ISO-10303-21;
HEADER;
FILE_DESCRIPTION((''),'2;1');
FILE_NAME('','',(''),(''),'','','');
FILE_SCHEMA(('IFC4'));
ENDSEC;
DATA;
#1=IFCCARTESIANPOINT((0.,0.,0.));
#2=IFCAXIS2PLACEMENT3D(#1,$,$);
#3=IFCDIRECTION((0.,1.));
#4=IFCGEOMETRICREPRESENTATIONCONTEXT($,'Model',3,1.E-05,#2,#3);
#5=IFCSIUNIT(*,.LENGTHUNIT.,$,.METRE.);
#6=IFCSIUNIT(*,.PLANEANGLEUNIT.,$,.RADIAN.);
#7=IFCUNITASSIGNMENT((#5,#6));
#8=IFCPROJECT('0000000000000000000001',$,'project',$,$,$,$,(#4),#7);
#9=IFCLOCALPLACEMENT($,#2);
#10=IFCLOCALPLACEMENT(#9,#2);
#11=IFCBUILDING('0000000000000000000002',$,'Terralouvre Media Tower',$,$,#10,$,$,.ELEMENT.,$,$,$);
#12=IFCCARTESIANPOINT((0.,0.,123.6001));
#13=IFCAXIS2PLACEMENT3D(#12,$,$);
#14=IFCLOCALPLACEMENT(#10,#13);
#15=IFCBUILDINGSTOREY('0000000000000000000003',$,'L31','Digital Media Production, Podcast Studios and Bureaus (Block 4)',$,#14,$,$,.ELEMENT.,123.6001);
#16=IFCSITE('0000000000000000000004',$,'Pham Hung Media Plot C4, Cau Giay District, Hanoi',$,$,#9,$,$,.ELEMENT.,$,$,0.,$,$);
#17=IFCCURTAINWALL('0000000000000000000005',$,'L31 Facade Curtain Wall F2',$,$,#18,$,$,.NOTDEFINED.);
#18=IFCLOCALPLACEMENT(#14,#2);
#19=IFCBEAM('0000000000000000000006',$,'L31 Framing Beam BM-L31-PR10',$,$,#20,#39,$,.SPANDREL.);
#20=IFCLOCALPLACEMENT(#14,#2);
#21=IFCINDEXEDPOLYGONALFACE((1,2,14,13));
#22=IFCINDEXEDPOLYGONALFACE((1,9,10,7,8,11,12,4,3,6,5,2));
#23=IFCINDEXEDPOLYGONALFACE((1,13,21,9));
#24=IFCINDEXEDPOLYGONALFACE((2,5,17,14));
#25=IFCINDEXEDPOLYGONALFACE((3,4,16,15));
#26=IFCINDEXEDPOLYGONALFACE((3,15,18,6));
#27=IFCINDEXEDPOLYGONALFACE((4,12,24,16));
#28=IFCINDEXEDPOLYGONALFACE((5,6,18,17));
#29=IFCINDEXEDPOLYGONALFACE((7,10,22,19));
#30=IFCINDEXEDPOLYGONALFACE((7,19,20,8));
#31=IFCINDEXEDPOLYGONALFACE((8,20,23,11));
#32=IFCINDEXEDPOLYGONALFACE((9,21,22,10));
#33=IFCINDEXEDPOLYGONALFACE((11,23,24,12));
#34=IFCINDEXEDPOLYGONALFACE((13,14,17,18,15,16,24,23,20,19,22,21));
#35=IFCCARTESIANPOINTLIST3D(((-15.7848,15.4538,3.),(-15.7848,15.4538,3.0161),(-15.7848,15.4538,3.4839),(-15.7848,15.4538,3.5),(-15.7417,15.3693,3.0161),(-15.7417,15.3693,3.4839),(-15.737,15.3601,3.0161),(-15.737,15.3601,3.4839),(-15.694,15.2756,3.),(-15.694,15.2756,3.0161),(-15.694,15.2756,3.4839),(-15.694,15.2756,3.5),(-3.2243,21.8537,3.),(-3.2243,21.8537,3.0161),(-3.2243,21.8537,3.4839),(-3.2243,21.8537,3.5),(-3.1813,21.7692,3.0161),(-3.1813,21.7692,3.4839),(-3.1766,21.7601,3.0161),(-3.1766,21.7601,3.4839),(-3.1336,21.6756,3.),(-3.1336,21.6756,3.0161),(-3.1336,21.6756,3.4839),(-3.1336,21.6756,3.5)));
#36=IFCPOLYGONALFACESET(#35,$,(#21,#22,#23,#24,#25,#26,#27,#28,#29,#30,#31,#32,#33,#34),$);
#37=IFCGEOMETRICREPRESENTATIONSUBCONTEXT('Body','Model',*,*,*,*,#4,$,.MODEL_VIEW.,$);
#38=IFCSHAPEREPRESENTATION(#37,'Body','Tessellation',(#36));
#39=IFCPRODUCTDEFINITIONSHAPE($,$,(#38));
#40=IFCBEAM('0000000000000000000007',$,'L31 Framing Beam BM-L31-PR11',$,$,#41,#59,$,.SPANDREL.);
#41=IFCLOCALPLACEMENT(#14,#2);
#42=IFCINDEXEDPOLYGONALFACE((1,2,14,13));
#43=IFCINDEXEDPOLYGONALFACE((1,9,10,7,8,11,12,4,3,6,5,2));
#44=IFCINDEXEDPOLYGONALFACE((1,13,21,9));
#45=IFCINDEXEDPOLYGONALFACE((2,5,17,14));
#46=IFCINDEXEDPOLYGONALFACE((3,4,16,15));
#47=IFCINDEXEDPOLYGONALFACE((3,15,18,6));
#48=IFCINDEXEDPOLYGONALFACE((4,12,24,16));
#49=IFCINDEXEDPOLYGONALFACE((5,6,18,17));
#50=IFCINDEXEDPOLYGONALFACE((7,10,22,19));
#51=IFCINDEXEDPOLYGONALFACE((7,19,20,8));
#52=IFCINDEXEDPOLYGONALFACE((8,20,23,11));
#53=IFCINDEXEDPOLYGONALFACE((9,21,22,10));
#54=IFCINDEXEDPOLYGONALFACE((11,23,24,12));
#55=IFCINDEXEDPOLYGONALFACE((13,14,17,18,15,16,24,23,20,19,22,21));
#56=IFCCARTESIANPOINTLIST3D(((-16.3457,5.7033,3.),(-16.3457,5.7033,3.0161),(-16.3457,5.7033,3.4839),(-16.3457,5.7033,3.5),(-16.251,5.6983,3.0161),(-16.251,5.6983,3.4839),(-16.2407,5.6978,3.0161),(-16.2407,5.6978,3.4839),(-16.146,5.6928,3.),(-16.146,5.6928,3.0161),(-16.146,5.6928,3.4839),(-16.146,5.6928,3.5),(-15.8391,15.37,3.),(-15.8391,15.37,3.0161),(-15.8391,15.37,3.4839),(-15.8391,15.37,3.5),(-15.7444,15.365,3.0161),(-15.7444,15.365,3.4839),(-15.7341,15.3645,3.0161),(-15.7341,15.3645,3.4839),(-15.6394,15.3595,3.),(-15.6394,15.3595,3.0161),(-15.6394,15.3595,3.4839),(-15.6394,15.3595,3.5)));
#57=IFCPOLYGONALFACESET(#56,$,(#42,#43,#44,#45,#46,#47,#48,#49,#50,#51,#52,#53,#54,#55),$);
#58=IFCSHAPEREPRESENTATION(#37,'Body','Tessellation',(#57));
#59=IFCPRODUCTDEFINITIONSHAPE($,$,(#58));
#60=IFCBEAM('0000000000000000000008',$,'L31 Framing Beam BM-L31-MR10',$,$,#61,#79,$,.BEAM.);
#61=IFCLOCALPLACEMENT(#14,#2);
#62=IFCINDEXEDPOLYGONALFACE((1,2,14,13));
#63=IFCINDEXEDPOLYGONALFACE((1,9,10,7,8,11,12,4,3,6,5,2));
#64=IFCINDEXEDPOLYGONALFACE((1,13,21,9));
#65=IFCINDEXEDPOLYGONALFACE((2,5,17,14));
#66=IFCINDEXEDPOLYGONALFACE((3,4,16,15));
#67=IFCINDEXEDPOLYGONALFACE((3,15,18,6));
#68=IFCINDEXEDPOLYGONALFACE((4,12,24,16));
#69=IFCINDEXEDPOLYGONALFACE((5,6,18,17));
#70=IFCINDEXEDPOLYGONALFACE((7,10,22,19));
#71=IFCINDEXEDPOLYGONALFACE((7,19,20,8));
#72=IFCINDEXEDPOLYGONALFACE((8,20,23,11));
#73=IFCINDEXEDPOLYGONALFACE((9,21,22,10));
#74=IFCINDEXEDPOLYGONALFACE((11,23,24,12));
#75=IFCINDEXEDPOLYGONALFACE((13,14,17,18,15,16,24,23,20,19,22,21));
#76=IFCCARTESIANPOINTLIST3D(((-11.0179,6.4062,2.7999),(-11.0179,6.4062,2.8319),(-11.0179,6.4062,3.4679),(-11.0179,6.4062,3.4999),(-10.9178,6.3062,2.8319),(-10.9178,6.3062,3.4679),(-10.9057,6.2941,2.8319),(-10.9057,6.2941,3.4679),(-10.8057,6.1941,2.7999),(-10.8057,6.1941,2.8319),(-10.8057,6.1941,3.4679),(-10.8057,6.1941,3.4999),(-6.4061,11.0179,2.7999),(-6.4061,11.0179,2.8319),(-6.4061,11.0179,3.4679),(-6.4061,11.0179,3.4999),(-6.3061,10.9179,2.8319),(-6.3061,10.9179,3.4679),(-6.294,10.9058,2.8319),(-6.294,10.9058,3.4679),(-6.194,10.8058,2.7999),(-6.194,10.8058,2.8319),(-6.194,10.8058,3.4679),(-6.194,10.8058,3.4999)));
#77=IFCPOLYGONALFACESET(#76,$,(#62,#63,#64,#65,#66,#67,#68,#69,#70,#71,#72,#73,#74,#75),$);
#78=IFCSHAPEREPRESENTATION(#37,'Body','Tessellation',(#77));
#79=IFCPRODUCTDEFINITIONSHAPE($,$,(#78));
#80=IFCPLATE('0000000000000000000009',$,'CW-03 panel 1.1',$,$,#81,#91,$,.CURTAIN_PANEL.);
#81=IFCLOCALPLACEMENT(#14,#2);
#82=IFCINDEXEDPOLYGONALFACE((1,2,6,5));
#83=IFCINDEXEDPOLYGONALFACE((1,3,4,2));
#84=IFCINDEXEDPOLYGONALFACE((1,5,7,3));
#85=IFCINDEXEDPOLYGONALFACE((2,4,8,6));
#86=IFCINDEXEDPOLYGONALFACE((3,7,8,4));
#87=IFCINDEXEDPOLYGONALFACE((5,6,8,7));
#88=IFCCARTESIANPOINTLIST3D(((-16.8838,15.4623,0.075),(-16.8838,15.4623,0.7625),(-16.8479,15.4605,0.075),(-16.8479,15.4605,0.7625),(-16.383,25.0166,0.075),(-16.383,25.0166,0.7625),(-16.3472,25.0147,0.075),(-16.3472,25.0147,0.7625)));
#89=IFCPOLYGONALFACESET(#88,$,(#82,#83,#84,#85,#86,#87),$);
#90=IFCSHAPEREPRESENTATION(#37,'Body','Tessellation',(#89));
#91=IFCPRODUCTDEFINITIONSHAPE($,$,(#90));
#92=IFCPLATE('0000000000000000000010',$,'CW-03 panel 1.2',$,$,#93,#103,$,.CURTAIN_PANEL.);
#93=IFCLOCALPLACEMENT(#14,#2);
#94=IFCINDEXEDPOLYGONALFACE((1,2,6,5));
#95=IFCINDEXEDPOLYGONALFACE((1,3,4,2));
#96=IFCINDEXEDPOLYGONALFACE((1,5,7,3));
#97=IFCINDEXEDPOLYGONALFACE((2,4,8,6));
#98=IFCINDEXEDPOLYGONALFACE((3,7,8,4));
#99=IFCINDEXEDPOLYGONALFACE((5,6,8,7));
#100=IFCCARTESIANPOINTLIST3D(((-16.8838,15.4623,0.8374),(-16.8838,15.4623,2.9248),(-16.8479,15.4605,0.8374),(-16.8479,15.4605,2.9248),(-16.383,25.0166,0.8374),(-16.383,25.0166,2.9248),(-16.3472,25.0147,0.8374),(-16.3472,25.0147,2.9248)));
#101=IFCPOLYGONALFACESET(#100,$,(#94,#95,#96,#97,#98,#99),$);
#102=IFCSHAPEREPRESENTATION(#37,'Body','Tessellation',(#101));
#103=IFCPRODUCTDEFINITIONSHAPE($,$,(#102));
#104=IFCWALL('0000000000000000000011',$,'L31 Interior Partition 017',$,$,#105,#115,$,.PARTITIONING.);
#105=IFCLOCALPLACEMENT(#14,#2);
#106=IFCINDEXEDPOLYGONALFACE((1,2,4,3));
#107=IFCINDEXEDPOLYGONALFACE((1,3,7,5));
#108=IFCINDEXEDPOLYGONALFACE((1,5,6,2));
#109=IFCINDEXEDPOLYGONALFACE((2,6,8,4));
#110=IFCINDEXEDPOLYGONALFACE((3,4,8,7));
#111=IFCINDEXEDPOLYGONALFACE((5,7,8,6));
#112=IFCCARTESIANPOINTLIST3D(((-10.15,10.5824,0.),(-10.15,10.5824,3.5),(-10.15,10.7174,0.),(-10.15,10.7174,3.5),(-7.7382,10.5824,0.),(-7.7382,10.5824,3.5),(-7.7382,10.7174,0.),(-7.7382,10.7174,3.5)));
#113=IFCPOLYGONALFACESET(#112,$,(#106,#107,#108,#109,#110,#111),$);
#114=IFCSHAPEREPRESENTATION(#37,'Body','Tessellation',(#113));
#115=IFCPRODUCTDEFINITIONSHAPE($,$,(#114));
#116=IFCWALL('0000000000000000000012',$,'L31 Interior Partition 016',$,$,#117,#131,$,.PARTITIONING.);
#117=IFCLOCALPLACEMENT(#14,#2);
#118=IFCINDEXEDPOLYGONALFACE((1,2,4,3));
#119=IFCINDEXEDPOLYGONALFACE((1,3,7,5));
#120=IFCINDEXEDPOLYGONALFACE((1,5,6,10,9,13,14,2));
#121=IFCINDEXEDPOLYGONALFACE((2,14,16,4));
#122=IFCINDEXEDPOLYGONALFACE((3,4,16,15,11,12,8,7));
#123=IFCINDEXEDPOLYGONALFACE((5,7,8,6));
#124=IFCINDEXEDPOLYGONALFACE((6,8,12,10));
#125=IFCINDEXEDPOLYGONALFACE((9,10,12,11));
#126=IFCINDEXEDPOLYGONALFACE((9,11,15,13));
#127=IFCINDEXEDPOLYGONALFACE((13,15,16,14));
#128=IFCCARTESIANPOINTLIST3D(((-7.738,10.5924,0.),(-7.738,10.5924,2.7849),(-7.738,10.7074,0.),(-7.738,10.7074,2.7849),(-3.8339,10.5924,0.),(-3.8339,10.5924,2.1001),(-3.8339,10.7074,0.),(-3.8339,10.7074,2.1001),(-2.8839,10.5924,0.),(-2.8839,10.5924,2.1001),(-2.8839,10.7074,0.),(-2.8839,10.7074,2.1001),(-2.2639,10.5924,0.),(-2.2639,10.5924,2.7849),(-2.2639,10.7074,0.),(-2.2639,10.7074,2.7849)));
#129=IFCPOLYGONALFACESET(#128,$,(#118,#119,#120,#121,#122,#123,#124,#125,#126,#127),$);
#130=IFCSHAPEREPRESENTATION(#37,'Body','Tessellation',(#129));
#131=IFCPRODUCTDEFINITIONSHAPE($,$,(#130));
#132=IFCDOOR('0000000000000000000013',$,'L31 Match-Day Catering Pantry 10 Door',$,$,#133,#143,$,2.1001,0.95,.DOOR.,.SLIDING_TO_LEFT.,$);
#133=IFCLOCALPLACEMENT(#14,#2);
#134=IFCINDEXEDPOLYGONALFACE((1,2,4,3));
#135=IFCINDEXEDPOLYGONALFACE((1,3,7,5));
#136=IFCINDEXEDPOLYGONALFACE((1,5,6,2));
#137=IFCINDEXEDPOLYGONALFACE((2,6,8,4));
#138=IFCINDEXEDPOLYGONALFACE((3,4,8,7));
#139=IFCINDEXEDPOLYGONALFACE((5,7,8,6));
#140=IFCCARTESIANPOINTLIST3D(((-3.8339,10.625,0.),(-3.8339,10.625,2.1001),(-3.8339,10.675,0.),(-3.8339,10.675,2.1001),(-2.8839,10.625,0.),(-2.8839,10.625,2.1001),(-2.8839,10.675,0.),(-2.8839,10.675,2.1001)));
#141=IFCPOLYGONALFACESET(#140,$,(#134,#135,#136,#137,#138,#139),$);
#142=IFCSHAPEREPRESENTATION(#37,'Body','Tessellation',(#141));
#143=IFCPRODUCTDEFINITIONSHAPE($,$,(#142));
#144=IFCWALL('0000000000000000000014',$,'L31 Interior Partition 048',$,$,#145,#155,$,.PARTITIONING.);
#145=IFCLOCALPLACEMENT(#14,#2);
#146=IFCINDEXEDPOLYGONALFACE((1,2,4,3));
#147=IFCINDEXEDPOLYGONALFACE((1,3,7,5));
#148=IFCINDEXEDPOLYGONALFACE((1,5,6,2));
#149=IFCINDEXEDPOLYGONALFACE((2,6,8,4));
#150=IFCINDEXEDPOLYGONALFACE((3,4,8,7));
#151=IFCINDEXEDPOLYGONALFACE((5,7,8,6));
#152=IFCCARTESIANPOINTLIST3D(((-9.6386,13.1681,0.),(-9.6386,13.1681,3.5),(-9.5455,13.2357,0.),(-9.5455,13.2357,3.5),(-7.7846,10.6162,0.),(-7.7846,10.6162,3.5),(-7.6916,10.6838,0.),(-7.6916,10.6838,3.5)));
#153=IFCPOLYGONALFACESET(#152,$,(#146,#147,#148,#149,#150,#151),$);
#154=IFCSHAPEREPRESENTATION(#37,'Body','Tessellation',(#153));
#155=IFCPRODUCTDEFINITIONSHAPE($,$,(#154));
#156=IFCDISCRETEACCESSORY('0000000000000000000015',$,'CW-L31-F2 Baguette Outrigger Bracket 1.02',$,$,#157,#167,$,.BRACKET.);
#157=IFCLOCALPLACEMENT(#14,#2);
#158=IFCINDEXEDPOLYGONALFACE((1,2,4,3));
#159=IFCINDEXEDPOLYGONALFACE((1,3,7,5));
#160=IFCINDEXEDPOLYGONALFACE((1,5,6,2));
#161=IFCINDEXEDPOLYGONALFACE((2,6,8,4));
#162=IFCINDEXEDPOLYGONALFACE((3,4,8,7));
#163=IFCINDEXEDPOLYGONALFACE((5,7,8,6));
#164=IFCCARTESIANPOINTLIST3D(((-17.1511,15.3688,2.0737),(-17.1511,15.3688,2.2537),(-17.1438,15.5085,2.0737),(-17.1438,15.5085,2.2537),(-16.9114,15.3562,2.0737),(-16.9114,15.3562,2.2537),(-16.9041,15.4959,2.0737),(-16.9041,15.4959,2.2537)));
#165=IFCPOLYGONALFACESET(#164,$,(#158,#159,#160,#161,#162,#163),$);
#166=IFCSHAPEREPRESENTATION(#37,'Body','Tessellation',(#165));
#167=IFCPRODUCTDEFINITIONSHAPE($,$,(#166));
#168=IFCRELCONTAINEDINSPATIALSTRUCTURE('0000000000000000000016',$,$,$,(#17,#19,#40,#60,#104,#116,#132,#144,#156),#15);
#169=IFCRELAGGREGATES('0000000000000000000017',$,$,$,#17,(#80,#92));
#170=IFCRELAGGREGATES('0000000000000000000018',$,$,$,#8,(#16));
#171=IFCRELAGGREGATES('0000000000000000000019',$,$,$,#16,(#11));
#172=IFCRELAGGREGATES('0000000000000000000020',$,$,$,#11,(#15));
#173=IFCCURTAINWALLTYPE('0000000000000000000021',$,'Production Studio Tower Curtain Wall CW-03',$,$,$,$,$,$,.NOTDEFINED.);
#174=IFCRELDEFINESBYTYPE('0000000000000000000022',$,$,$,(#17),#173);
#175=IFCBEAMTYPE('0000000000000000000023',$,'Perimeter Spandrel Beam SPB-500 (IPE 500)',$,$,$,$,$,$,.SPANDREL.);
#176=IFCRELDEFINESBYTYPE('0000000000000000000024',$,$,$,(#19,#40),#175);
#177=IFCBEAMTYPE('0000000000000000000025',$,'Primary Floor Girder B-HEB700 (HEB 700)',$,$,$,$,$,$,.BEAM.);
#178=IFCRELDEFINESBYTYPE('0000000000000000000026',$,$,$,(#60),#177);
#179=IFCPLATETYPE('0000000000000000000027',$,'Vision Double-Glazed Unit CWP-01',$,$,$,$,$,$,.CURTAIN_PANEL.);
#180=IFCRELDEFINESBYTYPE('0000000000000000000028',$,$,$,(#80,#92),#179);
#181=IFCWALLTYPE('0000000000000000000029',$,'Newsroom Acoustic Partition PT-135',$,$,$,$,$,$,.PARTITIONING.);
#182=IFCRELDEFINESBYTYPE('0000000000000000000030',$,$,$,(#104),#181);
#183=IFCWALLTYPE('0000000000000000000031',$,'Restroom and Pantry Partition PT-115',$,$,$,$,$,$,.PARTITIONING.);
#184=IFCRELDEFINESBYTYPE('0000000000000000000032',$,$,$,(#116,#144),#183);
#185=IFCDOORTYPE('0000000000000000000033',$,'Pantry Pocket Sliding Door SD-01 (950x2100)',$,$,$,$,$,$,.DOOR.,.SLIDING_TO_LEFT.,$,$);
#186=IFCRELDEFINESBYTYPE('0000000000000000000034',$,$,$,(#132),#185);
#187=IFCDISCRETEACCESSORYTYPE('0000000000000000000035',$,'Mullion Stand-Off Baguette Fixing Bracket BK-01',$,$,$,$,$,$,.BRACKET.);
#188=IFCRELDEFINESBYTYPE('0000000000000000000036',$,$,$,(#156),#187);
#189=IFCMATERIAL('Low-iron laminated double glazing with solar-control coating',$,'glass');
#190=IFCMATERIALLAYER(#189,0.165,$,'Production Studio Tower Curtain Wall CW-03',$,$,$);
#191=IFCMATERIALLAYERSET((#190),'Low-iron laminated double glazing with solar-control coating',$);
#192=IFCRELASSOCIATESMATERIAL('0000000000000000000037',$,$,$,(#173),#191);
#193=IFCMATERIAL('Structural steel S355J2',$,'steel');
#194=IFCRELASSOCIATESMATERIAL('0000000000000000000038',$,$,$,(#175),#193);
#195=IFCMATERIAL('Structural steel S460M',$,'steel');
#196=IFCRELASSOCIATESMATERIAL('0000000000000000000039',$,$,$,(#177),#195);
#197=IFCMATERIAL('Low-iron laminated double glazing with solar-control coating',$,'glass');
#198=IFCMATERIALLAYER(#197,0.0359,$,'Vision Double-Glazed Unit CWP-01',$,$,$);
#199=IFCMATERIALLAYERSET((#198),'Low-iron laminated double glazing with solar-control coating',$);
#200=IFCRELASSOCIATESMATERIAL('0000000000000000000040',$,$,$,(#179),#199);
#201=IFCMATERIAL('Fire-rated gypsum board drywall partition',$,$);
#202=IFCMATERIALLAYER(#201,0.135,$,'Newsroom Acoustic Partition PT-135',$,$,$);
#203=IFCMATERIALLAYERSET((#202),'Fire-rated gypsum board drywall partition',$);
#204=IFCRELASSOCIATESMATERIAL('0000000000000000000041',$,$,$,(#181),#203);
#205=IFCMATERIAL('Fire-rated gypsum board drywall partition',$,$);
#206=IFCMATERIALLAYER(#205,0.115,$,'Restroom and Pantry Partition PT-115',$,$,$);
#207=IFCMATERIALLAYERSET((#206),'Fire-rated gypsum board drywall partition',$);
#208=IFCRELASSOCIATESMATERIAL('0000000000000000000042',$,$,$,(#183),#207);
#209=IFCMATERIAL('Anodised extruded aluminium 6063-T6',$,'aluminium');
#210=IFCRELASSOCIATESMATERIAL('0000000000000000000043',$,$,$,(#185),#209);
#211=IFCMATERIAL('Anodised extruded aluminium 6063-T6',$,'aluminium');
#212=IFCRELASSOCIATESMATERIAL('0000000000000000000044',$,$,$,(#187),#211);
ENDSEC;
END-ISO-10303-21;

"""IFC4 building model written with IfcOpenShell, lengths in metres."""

from ifc_helpers import new_model, si_unit, direction, frame, frame_2d, origin, origin_2d, place, context, subcontext, project, spatial, rectangle, i_section, extrude, material, layer, layer_set, material_profile, profile_set, type_object, element, fill, aggregate, save


model = new_model("IFC4")

# Units and contexts
model_context = context("Model", 3, precision=1e-05, world=origin(), true_north=direction((0.0, 1.0)))
body_context = subcontext(model_context, "Body", "Model", "MODEL_VIEW")
ifc_project = project(units=[si_unit("LENGTHUNIT", "METRE"), si_unit("PLANEANGLEUNIT", "RADIAN")], contexts=[model_context])

# Site, building, storey
site_placement = place(None, origin())
site = spatial("IfcSite", under=ifc_project, at=site_placement, Name="Pham Hung Media Plot C4, Cau Giay District, Hanoi", CompositionType="ELEMENT", RefElevation=0.0)
building_placement = place(site_placement, origin())
building = spatial("IfcBuilding", under=site, at=building_placement, Name="Terralouvre Media Tower", CompositionType="ELEMENT")
storey_placement = place(building_placement, frame((0.0, 0.0, 123.6001)))
storey = spatial("IfcBuildingStorey", under=building, at=storey_placement, Name="L31", Description="Digital Media Production, Podcast Studios and Bureaus (Block 4)", CompositionType="ELEMENT", Elevation=123.6001)

# Curtain wall
ifc_material_1 = material(Name="Low-iron laminated double glazing with solar-control coating", Category="glass")
ifc_layer_1 = layer(ifc_material_1, 0.165, Name="Production Studio Tower Curtain Wall CW-03")
ifc_layer_set_1 = layer_set([ifc_layer_1], Name="Low-iron laminated double glazing with solar-control coating")
curtain_wall_type = type_object("IfcCurtainWallType", Name="Production Studio Tower Curtain Wall CW-03", PredefinedType="NOTDEFINED", material=ifc_layer_set_1)
curtain_wall_1_placement = place(storey_placement, origin())
curtain_wall_1 = element("IfcCurtainWall", 1, at=curtain_wall_1_placement, inside=storey, type_object=curtain_wall_type, Name="L31 Facade Curtain Wall F2", PredefinedType="NOTDEFINED")

# Beams
ifc_material_2 = material(Name="Structural steel S355J2", Category="steel")
ifc_material_profile_1 = material_profile(ifc_material_2, i_section(OverallWidth=0.2, OverallDepth=0.5, WebThickness=0.0103, FlangeThickness=0.0161, at=origin_2d()), Name="IPE 500")
ifc_profile_set_1 = profile_set([ifc_material_profile_1], Name="Structural steel S355J2")
beam_type_1 = type_object("IfcBeamType", Name="Perimeter Spandrel Beam SPB-500 (IPE 500)", PredefinedType="SPANDREL", material=ifc_profile_set_1)
beam_1_placement = place(storey_placement, frame((-3.179, 21.7646, 3.25), z_axis=(-0.891003, -0.453997, 0.0), x_axis=(0.453997, -0.891003, 0.0)))
element("IfcBeam", 2, at=beam_1_placement, inside=storey, type_object=beam_type_1, Name="L31 Framing Beam BM-L31-PR10", PredefinedType="SPANDREL", context=body_context, shape_type="SweptSolid", body=[
    extrude(i_section(OverallWidth=0.2, OverallDepth=0.5, WebThickness=0.0103, FlangeThickness=0.0161, at=origin_2d()), origin(), (0.0, 0.0, 1.0), 14.0969),
])
beam_2_placement = place(storey_placement, frame((-15.7393, 15.3647, 3.25), z_axis=(-0.052334, -0.99863, 0.0), x_axis=(0.99863, -0.052334, 0.0)))
element("IfcBeam", 3, at=beam_2_placement, inside=storey, type_object=beam_type_1, Name="L31 Framing Beam BM-L31-PR11", PredefinedType="SPANDREL", context=body_context, shape_type="SweptSolid", body=[
    extrude(i_section(OverallWidth=0.2, OverallDepth=0.5, WebThickness=0.0103, FlangeThickness=0.0161, at=origin_2d()), origin(), (0.0, 0.0, 1.0), 9.6799),
])
ifc_material_3 = material(Name="Structural steel S460M", Category="steel")
ifc_material_profile_2 = material_profile(ifc_material_3, i_section(OverallWidth=0.3, OverallDepth=0.7, WebThickness=0.0171, FlangeThickness=0.032, at=origin_2d()), Name="HEB 700")
ifc_profile_set_2 = profile_set([ifc_material_profile_2], Name="Structural steel S460M")
beam_type_2 = type_object("IfcBeamType", Name="Primary Floor Girder B-HEB700 (HEB 700)", PredefinedType="BEAM", material=ifc_profile_set_2)
beam_3_placement = place(storey_placement, frame((-6.3, 10.9119, 3.1499), z_axis=(-0.707107, -0.707107, 0.0), x_axis=(0.707107, -0.707107, 0.0)))
element("IfcBeam", 4, at=beam_3_placement, inside=storey, type_object=beam_type_2, Name="L31 Framing Beam BM-L31-MR10", PredefinedType="BEAM", context=body_context, shape_type="SweptSolid", body=[
    extrude(i_section(OverallWidth=0.3, OverallDepth=0.7, WebThickness=0.0171, FlangeThickness=0.032, at=origin_2d()), origin(), (0.0, 0.0, 1.0), 6.522),
])

# Plates
ifc_material_4 = material(Name="Low-iron laminated double glazing with solar-control coating", Category="glass")
ifc_layer_2 = layer(ifc_material_4, 0.0359, Name="Vision Double-Glazed Unit CWP-01")
ifc_layer_set_2 = layer_set([ifc_layer_2], Name="Low-iron laminated double glazing with solar-control coating")
plate_type = type_object("IfcPlateType", Name="Vision Double-Glazed Unit CWP-01", PredefinedType="CURTAIN_PANEL", material=ifc_layer_set_2)
plate_1_placement = place(storey_placement, frame((-16.6155, 20.2385, 0.075), z_axis=(0.0, 0.0, 1.0), x_axis=(-0.052336, -0.99863, 0.0)))
plate_1 = element("IfcPlate", 5, at=plate_1_placement, type_object=plate_type, Name="CW-03 panel 1.1", PredefinedType="CURTAIN_PANEL", context=body_context, shape_type="SweptSolid", body=[
    extrude(rectangle(XDim=9.5674, YDim=0.0359, at=origin_2d()), origin(), (0.0, 0.0, 1.0), 0.6875),
])
plate_2_placement = place(storey_placement, frame((-16.6155, 20.2385, 0.8374), z_axis=(0.0, 0.0, 1.0), x_axis=(-0.052336, -0.99863, 0.0)))
plate_2 = element("IfcPlate", 6, at=plate_2_placement, type_object=plate_type, Name="CW-03 panel 1.2", PredefinedType="CURTAIN_PANEL", context=body_context, shape_type="SweptSolid", body=[
    extrude(rectangle(XDim=9.5674, YDim=0.0359, at=origin_2d()), origin(), (0.0, 0.0, 1.0), 2.0874),
])
aggregate(curtain_wall_1, [plate_1, plate_2])

# Wall
ifc_material_5 = material(Name="Fire-rated gypsum board drywall partition")
ifc_layer_3 = layer(ifc_material_5, 0.135, Name="Newsroom Acoustic Partition PT-135")
ifc_layer_set_3 = layer_set([ifc_layer_3], Name="Fire-rated gypsum board drywall partition")
wall_type_1 = type_object("IfcWallType", Name="Newsroom Acoustic Partition PT-135", PredefinedType="PARTITIONING", material=ifc_layer_set_3)
wall_1_placement = place(storey_placement, frame((-7.738, 10.6499, 0.0), z_axis=(0.0, 0.0, 1.0), x_axis=(-1.0, 0.0, 0.0)))
element("IfcWall", 7, at=wall_1_placement, inside=storey, type_object=wall_type_1, Name="L31 Interior Partition 017", PredefinedType="PARTITIONING", context=body_context, shape_type="SweptSolid", body=[
    extrude(rectangle(XDim=2.4119, YDim=0.135, at=frame_2d((1.2061, 0.0))), origin(), (0.0, 0.0, 1.0), 3.5),
])

# Wall, opening, door
ifc_material_6 = material(Name="Fire-rated gypsum board drywall partition")
ifc_layer_4 = layer(ifc_material_6, 0.115, Name="Restroom and Pantry Partition PT-115")
ifc_layer_set_4 = layer_set([ifc_layer_4], Name="Fire-rated gypsum board drywall partition")
wall_type_2 = type_object("IfcWallType", Name="Restroom and Pantry Partition PT-115", PredefinedType="PARTITIONING", material=ifc_layer_set_4)
wall_2_placement = place(storey_placement, frame((-2.2639, 10.6499, 0.0), z_axis=(0.0, 0.0, 1.0), x_axis=(-1.0, 0.0, 0.0)))
wall_2 = element("IfcWall", 8, at=wall_2_placement, inside=storey, type_object=wall_type_2, Name="L31 Interior Partition 016", PredefinedType="PARTITIONING", context=body_context, shape_type="SweptSolid", body=[
    extrude(rectangle(XDim=5.4741, YDim=0.115, at=frame_2d((2.7371, 0.0))), origin(), (0.0, 0.0, 1.0), 2.7849),
])
opening_placement = place(wall_2_placement, frame((0.6199, 0.0, 0.0)))
opening = element("IfcOpeningElement", 9, at=opening_placement, cuts=wall_2, PredefinedType="OPENING", context=body_context, shape_type="SweptSolid", body=[
    extrude(rectangle(XDim=0.95, YDim=2.1001, at=frame_2d((0.4751, 1.05))), frame((0.0, 0.0674, 0.0), z_axis=(0.0, -1.0, 0.0), x_axis=(1.0, 0.0, 0.0)), (0.0, 0.0, 1.0), 0.135),
])
ifc_material_7 = material(Name="Anodised extruded aluminium 6063-T6", Category="aluminium")
door_type = type_object("IfcDoorType", Name="Pantry Pocket Sliding Door SD-01 (950x2100)", OperationType="SLIDING_TO_LEFT", PredefinedType="DOOR", material=ifc_material_7)
door_placement = place(opening_placement, origin())
door = element("IfcDoor", 10, at=door_placement, inside=storey, type_object=door_type, Name="L31 Match-Day Catering Pantry 10 Door", OperationType="SLIDING_TO_LEFT", OverallHeight=2.1001, OverallWidth=0.95, PredefinedType="DOOR", context=body_context, shape_type="SweptSolid", body=[
    extrude(rectangle(XDim=0.95, YDim=2.1001, at=frame_2d((0.4751, 1.05))), frame((0.0, 0.0249, 0.0), z_axis=(0.0, -1.0, 0.0), x_axis=(1.0, 0.0, 0.0)), (0.0, 0.0, 1.0), 0.05),
])
fill(opening, door)

# Wall
wall_3_placement = place(storey_placement, frame((-9.592, 13.2019, 0.0), z_axis=(0.0, 0.0, 1.0), x_axis=(0.587757, -0.809037, 0.0)))
element("IfcWall", 11, at=wall_3_placement, inside=storey, type_object=wall_type_2, Name="L31 Interior Partition 048", PredefinedType="PARTITIONING", context=body_context, shape_type="SweptSolid", body=[
    extrude(rectangle(XDim=3.1543, YDim=0.115, at=frame_2d((1.5771, 0.0))), origin(), (0.0, 0.0, 1.0), 3.5),
])

# Discrete accessory
ifc_material_8 = material(Name="Anodised extruded aluminium 6063-T6", Category="aluminium")
discrete_accessory_type = type_object("IfcDiscreteAccessoryType", Name="Mullion Stand-Off Baguette Fixing Bracket BK-01", PredefinedType="BRACKET", material=ifc_material_8)
discrete_accessory_placement = place(storey_placement, frame((-17.0276, 15.4324, 2.0737), z_axis=(0.0, 0.0, 1.0), x_axis=(-0.052336, -0.99863, 0.0)))
element("IfcDiscreteAccessory", 12, at=discrete_accessory_placement, inside=storey, type_object=discrete_accessory_type, Name="CW-L31-F2 Baguette Outrigger Bracket 1.02", PredefinedType="BRACKET", context=body_context, shape_type="SweptSolid", body=[
    extrude(rectangle(XDim=0.1399, YDim=0.24, at=origin_2d()), origin(), (0.0, 0.0, 1.0), 0.1799),
])

save(model, "model.ifc")
